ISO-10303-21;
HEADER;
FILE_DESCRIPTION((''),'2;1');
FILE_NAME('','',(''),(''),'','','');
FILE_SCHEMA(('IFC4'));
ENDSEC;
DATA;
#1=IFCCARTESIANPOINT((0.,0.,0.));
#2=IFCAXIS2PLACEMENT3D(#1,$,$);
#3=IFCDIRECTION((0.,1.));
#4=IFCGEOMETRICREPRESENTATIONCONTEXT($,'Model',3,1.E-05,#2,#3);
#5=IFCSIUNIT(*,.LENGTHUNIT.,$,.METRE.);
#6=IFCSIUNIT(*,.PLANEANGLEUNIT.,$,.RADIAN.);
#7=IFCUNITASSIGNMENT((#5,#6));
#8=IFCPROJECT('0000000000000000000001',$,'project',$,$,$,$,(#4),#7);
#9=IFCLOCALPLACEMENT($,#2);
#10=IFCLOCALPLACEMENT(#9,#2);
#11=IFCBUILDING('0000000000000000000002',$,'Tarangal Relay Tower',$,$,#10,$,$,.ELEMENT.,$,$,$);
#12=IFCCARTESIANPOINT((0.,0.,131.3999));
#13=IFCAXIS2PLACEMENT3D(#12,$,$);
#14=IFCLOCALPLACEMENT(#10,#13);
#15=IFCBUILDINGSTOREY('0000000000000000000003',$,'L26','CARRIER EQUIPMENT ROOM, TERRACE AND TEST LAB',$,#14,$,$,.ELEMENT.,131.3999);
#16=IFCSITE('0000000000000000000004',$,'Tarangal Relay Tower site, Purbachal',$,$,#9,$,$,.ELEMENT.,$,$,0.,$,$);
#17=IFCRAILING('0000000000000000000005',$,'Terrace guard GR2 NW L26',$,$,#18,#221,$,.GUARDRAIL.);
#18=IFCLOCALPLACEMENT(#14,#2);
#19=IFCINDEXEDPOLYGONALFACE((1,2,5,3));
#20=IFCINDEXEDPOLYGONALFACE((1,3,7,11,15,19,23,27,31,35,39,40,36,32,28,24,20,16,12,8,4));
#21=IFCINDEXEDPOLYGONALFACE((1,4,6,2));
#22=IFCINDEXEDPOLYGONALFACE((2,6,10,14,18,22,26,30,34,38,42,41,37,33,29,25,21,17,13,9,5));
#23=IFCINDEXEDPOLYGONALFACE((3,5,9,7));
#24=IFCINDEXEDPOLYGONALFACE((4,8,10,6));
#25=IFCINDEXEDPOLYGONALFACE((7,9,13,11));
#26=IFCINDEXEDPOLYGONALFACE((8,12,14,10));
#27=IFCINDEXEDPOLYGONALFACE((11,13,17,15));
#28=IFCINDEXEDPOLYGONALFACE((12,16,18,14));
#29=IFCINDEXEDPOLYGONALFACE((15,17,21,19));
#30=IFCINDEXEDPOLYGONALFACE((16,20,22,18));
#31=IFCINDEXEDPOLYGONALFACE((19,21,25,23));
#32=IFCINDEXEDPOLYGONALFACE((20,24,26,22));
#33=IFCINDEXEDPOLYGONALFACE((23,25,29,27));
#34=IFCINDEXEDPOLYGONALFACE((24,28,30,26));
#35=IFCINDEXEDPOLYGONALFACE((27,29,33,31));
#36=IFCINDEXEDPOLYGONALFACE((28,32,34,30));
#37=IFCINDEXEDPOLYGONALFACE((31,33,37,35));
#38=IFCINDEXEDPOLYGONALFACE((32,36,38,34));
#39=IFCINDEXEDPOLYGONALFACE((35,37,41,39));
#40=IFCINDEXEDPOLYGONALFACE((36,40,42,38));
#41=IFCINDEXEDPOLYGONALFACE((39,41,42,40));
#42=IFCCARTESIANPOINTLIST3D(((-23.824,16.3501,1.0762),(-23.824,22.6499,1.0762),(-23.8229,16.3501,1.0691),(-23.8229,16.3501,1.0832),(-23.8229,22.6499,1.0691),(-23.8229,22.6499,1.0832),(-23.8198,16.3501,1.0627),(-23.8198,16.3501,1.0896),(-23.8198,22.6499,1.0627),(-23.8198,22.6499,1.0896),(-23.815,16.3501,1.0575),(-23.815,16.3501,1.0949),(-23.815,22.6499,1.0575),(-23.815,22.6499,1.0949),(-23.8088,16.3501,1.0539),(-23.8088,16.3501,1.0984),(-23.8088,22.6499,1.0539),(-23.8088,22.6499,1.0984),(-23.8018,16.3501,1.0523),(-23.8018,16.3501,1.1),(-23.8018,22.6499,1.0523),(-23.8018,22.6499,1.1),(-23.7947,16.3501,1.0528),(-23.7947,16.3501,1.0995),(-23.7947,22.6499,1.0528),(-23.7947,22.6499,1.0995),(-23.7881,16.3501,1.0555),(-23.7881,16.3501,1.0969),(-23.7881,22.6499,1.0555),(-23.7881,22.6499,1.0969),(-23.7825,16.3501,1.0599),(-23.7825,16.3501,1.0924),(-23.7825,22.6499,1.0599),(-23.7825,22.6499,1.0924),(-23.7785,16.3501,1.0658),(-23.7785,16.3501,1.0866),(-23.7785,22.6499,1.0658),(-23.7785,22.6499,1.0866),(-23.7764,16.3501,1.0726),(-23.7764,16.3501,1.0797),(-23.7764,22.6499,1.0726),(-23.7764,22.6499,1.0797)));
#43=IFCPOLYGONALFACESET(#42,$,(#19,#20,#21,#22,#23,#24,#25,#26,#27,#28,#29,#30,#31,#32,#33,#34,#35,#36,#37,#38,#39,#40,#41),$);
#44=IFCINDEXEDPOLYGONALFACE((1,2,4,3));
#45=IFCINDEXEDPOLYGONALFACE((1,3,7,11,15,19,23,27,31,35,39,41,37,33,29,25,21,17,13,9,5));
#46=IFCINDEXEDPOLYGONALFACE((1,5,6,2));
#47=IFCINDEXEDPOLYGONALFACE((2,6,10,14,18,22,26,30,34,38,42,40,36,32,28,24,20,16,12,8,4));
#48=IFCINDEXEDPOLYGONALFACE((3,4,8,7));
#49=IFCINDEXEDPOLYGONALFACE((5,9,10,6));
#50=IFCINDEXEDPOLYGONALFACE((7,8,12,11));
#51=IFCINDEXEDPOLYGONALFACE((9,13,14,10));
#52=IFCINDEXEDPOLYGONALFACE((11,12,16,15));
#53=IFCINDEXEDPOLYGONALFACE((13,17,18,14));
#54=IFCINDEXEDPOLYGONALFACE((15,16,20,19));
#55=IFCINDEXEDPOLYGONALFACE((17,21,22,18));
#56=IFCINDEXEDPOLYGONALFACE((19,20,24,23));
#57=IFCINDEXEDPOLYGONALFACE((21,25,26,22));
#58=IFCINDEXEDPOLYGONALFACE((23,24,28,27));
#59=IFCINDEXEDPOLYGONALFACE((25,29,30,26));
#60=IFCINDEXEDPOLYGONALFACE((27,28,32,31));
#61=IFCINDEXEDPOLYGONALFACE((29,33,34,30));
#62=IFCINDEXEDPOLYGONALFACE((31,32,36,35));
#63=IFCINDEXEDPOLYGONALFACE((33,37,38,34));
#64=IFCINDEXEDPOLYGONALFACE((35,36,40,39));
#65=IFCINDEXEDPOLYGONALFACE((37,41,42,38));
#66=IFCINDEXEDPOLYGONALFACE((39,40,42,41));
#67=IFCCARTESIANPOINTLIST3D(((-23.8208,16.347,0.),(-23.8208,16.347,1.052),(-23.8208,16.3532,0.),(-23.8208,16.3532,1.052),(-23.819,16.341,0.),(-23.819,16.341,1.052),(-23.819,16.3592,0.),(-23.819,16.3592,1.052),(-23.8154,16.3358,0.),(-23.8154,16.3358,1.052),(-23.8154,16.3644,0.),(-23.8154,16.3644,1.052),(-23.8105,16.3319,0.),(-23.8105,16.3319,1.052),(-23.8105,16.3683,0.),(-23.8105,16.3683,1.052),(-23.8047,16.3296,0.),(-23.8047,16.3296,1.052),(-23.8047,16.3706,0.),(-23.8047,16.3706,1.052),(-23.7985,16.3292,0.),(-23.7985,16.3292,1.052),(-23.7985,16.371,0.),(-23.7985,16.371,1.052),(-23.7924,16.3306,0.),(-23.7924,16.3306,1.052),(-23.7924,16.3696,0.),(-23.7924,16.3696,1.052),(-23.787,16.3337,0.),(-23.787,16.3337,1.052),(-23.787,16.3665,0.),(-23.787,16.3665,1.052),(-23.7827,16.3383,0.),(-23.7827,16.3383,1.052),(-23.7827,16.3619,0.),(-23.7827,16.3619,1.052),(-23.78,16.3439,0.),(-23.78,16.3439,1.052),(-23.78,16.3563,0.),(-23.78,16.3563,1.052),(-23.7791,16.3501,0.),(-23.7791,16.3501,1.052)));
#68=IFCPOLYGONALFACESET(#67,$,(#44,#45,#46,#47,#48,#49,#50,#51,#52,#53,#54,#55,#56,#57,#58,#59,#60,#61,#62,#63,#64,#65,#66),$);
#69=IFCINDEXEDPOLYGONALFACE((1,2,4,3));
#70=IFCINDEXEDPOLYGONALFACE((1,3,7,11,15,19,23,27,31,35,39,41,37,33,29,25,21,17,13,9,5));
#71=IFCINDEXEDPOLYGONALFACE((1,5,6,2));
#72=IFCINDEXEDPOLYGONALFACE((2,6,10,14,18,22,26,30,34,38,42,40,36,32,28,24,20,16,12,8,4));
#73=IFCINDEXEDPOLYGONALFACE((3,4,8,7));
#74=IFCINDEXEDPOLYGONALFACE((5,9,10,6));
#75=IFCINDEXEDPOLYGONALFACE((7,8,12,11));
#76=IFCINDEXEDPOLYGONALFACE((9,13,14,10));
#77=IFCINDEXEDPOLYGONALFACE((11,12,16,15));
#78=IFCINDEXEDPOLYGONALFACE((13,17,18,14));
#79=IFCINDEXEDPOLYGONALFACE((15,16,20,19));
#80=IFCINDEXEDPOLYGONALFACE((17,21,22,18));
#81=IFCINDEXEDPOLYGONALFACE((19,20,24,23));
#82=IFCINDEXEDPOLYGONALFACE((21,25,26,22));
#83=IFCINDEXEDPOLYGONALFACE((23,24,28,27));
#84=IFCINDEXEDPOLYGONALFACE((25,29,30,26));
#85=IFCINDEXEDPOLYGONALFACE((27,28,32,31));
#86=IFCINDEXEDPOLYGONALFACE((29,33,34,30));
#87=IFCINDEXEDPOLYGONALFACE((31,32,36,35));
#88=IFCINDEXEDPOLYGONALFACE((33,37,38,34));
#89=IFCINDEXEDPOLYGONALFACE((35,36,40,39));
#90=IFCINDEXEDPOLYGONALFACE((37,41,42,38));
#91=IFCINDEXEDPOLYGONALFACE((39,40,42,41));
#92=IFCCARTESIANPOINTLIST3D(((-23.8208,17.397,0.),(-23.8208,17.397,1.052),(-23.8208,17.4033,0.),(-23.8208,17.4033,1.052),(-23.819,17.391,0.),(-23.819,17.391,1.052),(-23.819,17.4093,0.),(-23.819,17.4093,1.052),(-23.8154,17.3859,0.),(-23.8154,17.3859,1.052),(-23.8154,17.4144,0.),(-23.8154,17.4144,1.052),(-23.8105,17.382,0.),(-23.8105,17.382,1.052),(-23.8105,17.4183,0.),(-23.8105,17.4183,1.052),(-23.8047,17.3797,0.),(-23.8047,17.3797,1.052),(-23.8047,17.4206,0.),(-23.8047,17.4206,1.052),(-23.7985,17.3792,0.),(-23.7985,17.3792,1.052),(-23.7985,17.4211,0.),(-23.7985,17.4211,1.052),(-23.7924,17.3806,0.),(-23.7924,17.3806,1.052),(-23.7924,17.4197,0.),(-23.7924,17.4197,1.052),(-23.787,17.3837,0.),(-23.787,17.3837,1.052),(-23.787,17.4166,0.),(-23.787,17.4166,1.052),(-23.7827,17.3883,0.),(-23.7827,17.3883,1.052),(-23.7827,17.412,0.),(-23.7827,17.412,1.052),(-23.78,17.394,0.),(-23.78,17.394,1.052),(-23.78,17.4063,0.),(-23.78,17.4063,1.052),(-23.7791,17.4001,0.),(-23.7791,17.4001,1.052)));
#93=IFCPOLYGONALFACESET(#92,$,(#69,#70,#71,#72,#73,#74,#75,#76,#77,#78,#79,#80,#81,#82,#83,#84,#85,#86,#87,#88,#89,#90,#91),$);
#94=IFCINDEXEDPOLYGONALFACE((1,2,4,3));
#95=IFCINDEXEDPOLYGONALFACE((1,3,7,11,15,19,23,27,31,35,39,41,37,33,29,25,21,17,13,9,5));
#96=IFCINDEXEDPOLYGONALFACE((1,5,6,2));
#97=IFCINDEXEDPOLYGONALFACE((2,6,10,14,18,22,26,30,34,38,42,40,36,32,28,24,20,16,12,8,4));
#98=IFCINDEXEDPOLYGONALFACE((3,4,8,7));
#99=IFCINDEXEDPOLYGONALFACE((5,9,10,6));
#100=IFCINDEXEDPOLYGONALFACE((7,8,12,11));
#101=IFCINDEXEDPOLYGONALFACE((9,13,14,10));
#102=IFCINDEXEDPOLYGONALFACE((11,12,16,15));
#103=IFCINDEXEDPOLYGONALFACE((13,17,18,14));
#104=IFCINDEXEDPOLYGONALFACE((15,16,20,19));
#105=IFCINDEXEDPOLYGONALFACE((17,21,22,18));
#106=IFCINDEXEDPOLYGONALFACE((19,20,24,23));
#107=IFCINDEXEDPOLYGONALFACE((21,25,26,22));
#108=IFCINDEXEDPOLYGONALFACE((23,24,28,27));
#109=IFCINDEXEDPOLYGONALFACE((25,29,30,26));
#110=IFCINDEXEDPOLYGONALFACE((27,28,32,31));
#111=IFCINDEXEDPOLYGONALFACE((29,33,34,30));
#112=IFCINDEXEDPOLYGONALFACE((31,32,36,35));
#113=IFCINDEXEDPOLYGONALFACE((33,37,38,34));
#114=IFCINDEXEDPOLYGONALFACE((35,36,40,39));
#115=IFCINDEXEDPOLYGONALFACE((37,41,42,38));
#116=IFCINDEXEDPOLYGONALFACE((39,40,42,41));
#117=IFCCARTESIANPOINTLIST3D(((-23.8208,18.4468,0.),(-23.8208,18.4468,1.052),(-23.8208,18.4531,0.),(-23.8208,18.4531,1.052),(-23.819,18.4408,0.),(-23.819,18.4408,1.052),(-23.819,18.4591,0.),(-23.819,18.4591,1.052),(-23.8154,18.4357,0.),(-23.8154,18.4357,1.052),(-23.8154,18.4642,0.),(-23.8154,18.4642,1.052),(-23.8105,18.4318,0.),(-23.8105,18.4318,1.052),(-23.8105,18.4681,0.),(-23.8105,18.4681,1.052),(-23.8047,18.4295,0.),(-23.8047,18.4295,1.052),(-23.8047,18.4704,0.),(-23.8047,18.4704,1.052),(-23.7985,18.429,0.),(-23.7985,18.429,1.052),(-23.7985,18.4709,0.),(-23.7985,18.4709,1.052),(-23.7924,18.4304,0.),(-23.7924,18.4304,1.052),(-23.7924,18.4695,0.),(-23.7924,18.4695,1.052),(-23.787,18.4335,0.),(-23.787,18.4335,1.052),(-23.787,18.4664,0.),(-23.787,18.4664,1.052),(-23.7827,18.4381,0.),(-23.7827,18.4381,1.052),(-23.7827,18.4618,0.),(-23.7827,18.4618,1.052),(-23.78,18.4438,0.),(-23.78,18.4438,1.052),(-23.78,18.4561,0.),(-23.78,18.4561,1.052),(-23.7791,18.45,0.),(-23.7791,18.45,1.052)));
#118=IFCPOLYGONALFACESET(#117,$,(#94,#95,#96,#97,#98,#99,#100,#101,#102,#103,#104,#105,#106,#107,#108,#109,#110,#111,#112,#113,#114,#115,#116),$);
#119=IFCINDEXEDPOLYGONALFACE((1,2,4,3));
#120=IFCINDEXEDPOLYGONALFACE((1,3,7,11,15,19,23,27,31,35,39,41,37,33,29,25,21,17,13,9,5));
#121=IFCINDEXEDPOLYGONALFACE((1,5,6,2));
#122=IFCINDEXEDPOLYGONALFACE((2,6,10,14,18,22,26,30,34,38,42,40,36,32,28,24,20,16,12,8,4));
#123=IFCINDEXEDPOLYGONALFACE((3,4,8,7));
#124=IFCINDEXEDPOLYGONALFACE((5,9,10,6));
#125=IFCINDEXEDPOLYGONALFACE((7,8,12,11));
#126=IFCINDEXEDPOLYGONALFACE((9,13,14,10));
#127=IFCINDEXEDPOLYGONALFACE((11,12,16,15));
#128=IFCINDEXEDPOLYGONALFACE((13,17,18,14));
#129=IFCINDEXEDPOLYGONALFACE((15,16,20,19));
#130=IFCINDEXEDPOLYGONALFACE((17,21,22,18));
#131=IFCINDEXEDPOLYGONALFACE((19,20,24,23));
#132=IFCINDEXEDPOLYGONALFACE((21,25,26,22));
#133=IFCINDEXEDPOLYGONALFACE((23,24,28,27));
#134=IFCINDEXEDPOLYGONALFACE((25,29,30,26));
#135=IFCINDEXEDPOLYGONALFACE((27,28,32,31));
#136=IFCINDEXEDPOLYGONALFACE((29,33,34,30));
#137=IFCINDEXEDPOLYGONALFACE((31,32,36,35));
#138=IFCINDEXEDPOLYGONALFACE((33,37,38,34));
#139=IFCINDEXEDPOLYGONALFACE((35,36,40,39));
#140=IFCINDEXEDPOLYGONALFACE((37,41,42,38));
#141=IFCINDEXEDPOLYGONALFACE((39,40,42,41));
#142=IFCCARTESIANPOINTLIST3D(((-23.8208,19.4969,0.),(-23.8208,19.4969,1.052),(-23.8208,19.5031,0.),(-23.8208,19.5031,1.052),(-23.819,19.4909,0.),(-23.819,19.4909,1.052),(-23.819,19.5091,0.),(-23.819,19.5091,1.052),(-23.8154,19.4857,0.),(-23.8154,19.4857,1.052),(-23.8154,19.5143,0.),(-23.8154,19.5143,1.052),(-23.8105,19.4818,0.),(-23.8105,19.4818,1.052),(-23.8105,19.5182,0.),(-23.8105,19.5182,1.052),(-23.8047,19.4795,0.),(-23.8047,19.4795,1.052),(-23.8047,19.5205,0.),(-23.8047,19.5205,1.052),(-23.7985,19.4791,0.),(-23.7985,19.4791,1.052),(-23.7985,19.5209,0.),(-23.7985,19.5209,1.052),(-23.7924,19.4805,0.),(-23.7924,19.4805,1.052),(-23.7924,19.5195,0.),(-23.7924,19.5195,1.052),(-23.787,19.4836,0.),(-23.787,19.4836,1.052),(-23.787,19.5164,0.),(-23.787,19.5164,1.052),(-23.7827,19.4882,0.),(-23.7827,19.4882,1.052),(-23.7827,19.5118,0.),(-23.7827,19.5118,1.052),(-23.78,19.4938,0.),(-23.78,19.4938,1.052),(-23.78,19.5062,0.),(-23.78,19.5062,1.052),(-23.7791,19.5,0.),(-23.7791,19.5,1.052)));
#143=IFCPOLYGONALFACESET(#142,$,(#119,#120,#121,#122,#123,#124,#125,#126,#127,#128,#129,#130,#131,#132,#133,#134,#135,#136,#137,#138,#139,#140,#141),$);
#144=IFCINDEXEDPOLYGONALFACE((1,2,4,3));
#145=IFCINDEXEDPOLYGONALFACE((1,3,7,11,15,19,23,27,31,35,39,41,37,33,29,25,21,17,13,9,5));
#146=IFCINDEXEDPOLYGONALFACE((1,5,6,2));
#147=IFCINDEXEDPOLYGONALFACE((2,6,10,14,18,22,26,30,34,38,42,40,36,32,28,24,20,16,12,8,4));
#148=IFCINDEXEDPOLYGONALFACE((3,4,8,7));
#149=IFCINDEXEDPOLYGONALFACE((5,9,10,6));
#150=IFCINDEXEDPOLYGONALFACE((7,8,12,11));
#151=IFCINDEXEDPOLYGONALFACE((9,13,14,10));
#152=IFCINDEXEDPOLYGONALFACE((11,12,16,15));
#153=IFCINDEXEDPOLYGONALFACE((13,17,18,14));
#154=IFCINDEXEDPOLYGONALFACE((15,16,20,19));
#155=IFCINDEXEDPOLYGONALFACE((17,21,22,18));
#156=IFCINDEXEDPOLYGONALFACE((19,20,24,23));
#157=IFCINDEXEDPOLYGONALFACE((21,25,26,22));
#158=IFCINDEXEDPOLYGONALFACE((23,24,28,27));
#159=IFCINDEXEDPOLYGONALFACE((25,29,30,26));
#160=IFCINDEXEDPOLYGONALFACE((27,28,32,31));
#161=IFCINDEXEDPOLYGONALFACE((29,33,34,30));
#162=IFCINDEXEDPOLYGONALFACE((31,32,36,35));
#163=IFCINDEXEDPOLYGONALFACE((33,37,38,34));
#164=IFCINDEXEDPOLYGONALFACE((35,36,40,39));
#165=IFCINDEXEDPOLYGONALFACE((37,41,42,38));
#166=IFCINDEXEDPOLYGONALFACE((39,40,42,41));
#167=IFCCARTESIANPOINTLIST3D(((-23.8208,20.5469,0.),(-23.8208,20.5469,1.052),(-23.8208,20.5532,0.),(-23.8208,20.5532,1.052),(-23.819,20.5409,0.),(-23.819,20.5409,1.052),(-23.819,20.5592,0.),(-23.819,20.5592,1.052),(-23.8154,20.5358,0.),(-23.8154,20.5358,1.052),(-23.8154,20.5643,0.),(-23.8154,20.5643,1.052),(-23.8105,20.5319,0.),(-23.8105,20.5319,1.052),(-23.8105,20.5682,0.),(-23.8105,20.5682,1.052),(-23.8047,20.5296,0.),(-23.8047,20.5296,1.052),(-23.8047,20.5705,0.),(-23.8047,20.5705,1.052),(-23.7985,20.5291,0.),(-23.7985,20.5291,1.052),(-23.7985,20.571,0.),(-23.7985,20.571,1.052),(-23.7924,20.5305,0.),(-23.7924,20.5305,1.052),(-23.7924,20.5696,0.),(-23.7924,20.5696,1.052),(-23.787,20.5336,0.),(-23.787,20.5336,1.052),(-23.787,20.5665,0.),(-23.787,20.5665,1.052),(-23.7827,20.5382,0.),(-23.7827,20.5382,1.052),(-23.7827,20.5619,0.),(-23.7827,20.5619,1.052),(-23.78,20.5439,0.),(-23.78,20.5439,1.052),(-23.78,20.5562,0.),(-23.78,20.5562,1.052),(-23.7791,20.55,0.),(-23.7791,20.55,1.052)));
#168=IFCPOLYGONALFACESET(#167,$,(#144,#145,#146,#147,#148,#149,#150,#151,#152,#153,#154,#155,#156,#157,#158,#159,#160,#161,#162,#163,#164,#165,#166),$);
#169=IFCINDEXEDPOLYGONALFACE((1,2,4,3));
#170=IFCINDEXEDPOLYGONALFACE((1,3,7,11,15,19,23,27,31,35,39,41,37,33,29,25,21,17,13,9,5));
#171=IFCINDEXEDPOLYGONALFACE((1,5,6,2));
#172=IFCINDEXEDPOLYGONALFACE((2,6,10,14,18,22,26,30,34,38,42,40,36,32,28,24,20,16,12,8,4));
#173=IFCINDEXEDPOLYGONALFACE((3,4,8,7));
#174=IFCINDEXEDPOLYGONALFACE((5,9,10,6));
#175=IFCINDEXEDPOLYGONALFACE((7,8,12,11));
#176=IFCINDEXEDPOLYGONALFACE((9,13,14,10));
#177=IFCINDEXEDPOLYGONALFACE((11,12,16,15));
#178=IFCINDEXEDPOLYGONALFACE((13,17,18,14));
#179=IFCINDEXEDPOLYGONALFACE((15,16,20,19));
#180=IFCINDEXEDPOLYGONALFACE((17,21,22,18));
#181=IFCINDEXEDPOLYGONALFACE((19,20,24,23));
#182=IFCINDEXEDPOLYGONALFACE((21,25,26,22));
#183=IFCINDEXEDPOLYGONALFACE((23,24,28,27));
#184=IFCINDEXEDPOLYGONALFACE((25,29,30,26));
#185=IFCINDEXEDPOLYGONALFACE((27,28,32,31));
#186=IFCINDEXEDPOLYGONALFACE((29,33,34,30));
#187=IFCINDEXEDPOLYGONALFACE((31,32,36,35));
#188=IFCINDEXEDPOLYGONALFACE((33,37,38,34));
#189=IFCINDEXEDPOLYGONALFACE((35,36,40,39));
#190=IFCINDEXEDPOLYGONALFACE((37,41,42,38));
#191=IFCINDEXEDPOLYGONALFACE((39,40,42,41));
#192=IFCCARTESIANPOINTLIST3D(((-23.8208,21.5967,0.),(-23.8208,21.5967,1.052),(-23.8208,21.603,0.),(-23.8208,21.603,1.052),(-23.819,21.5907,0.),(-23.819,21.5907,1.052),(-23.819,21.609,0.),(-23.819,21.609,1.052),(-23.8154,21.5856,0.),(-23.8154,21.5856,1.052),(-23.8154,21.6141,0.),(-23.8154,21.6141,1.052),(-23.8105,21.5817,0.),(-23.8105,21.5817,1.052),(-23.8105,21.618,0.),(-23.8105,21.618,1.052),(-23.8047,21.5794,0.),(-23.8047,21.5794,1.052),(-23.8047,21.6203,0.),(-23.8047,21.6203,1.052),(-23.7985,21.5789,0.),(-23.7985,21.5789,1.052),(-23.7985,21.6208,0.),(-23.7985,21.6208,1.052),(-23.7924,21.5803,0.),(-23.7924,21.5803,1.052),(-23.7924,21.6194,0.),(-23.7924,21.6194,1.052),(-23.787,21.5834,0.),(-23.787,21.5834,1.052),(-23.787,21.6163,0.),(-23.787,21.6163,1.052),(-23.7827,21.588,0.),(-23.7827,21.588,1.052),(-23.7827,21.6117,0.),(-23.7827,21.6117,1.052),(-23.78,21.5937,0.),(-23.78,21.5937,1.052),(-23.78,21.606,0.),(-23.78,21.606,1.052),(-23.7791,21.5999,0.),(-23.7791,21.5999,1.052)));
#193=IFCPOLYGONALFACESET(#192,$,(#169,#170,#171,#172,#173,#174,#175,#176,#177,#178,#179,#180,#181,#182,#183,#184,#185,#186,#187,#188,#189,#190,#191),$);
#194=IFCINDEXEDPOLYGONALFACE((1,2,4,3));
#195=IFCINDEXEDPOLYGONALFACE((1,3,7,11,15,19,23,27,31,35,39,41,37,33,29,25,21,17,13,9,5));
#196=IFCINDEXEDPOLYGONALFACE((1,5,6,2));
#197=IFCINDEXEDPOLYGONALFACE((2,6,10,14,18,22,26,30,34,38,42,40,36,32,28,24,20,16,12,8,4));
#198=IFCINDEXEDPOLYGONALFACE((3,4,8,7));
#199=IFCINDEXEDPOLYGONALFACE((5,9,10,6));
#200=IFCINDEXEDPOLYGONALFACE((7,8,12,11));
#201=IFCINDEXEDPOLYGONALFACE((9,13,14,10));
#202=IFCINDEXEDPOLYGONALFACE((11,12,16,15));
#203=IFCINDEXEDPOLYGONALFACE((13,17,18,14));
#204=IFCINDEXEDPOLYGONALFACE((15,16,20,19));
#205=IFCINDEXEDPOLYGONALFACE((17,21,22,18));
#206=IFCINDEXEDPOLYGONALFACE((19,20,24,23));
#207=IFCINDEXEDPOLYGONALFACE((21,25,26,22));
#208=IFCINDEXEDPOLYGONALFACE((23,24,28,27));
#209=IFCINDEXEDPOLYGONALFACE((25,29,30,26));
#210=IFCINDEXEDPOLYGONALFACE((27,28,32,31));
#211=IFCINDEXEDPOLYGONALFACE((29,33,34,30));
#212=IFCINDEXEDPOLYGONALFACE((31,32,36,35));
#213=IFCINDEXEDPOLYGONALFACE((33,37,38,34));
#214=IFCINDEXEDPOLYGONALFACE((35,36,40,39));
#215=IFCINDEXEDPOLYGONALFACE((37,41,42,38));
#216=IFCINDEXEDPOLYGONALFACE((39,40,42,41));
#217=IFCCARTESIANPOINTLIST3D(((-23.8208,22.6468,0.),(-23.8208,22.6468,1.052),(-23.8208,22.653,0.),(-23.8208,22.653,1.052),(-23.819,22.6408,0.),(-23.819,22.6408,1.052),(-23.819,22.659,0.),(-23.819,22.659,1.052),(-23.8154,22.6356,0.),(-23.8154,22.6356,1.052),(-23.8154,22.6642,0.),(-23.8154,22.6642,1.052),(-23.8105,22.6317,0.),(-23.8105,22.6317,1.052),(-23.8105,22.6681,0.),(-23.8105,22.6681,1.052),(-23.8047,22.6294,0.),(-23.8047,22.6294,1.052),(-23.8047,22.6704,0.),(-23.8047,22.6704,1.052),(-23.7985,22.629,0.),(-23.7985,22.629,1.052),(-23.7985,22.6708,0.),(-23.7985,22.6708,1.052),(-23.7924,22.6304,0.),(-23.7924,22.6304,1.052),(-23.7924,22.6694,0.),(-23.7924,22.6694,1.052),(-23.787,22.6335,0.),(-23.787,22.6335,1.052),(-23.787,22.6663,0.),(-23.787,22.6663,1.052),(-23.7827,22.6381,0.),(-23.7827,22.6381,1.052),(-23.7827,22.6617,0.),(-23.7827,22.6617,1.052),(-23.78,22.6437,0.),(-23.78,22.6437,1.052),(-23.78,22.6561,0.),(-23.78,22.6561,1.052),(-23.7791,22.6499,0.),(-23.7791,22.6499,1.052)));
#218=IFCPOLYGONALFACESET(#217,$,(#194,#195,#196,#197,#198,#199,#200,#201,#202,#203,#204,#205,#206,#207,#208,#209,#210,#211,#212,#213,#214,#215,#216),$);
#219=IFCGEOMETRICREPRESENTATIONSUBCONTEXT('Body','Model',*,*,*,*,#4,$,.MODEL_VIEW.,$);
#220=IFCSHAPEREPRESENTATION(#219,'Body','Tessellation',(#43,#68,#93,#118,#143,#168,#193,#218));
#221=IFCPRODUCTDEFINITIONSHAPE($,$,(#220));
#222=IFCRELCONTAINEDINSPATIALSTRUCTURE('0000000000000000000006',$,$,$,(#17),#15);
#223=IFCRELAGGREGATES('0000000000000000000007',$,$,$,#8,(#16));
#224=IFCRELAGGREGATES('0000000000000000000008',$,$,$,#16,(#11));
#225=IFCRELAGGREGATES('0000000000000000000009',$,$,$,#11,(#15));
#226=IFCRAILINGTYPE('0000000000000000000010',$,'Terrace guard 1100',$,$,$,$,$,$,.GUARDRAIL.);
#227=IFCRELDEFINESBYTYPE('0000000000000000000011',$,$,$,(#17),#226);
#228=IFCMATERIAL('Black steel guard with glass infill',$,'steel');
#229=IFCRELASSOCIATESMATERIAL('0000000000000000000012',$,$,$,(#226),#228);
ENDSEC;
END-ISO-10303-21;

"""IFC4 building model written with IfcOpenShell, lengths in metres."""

from ifc_helpers import new_model, si_unit, direction, frame, origin, origin_2d, place, context, subcontext, project, spatial, circle, extrude, material, type_object, element, save


model = new_model("IFC4")

# Units and contexts
model_context = context("Model", 3, precision=1e-05, world=origin(), true_north=direction((0.0, 1.0)))
body_context = subcontext(model_context, "Body", "Model", "MODEL_VIEW")
ifc_project = project(units=[si_unit("LENGTHUNIT", "METRE"), si_unit("PLANEANGLEUNIT", "RADIAN")], contexts=[model_context])

# Site, building, storey
site_placement = place(None, origin())
site = spatial("IfcSite", under=ifc_project, at=site_placement, Name="Tarangal Relay Tower site, Purbachal", CompositionType="ELEMENT", RefElevation=0.0)
building_placement = place(site_placement, origin())
building = spatial("IfcBuilding", under=site, at=building_placement, Name="Tarangal Relay Tower", CompositionType="ELEMENT")
storey_placement = place(building_placement, frame((0.0, 0.0, 131.3999)))
storey = spatial("IfcBuildingStorey", under=building, at=storey_placement, Name="L26", Description="CARRIER EQUIPMENT ROOM, TERRACE AND TEST LAB", CompositionType="ELEMENT", Elevation=131.3999)

# Railing
ifc_material_1 = material(Name="Black steel guard with glass infill", Category="steel")
railing_type = type_object("IfcRailingType", Name="Terrace guard 1100", PredefinedType="GUARDRAIL", material=ifc_material_1)
railing_1_placement = place(storey_placement, frame((-23.8, 16.3501, 0.0)))
element("IfcRailing", 1, at=railing_1_placement, inside=storey, type_object=railing_type, Name="Terrace guard GR2 NW L26", PredefinedType="GUARDRAIL", context=body_context, shape_type="SweptSolid", body=[
    extrude(circle(Radius=0.0239, at=origin_2d()), frame((0.0, 0.0, 1.0762), z_axis=(0.0, 1.0, 0.0), x_axis=(-1.0, 0.0, 0.0)), (0.0, 0.0, 1.0), 6.2998),
    extrude(circle(Radius=0.021, at=origin_2d()), origin(), (0.0, 0.0, 1.0), 1.052),
    extrude(circle(Radius=0.021, at=origin_2d()), frame((0.0, 1.05, 0.0)), (0.0, 0.0, 1.0), 1.052),
    extrude(circle(Radius=0.021, at=origin_2d()), frame((0.0, 2.0999, 0.0)), (0.0, 0.0, 1.0), 1.052),
    extrude(circle(Radius=0.021, at=origin_2d()), frame((0.0, 3.1499, 0.0)), (0.0, 0.0, 1.0), 1.052),
    extrude(circle(Radius=0.021, at=origin_2d()), frame((0.0, 4.2, 0.0)), (0.0, 0.0, 1.0), 1.052),
    extrude(circle(Radius=0.021, at=origin_2d()), frame((0.0, 5.2498, 0.0)), (0.0, 0.0, 1.0), 1.052),
    extrude(circle(Radius=0.021, at=origin_2d()), frame((0.0, 6.2998, 0.0)), (0.0, 0.0, 1.0), 1.052),
])

save(model, "model.ifc")
